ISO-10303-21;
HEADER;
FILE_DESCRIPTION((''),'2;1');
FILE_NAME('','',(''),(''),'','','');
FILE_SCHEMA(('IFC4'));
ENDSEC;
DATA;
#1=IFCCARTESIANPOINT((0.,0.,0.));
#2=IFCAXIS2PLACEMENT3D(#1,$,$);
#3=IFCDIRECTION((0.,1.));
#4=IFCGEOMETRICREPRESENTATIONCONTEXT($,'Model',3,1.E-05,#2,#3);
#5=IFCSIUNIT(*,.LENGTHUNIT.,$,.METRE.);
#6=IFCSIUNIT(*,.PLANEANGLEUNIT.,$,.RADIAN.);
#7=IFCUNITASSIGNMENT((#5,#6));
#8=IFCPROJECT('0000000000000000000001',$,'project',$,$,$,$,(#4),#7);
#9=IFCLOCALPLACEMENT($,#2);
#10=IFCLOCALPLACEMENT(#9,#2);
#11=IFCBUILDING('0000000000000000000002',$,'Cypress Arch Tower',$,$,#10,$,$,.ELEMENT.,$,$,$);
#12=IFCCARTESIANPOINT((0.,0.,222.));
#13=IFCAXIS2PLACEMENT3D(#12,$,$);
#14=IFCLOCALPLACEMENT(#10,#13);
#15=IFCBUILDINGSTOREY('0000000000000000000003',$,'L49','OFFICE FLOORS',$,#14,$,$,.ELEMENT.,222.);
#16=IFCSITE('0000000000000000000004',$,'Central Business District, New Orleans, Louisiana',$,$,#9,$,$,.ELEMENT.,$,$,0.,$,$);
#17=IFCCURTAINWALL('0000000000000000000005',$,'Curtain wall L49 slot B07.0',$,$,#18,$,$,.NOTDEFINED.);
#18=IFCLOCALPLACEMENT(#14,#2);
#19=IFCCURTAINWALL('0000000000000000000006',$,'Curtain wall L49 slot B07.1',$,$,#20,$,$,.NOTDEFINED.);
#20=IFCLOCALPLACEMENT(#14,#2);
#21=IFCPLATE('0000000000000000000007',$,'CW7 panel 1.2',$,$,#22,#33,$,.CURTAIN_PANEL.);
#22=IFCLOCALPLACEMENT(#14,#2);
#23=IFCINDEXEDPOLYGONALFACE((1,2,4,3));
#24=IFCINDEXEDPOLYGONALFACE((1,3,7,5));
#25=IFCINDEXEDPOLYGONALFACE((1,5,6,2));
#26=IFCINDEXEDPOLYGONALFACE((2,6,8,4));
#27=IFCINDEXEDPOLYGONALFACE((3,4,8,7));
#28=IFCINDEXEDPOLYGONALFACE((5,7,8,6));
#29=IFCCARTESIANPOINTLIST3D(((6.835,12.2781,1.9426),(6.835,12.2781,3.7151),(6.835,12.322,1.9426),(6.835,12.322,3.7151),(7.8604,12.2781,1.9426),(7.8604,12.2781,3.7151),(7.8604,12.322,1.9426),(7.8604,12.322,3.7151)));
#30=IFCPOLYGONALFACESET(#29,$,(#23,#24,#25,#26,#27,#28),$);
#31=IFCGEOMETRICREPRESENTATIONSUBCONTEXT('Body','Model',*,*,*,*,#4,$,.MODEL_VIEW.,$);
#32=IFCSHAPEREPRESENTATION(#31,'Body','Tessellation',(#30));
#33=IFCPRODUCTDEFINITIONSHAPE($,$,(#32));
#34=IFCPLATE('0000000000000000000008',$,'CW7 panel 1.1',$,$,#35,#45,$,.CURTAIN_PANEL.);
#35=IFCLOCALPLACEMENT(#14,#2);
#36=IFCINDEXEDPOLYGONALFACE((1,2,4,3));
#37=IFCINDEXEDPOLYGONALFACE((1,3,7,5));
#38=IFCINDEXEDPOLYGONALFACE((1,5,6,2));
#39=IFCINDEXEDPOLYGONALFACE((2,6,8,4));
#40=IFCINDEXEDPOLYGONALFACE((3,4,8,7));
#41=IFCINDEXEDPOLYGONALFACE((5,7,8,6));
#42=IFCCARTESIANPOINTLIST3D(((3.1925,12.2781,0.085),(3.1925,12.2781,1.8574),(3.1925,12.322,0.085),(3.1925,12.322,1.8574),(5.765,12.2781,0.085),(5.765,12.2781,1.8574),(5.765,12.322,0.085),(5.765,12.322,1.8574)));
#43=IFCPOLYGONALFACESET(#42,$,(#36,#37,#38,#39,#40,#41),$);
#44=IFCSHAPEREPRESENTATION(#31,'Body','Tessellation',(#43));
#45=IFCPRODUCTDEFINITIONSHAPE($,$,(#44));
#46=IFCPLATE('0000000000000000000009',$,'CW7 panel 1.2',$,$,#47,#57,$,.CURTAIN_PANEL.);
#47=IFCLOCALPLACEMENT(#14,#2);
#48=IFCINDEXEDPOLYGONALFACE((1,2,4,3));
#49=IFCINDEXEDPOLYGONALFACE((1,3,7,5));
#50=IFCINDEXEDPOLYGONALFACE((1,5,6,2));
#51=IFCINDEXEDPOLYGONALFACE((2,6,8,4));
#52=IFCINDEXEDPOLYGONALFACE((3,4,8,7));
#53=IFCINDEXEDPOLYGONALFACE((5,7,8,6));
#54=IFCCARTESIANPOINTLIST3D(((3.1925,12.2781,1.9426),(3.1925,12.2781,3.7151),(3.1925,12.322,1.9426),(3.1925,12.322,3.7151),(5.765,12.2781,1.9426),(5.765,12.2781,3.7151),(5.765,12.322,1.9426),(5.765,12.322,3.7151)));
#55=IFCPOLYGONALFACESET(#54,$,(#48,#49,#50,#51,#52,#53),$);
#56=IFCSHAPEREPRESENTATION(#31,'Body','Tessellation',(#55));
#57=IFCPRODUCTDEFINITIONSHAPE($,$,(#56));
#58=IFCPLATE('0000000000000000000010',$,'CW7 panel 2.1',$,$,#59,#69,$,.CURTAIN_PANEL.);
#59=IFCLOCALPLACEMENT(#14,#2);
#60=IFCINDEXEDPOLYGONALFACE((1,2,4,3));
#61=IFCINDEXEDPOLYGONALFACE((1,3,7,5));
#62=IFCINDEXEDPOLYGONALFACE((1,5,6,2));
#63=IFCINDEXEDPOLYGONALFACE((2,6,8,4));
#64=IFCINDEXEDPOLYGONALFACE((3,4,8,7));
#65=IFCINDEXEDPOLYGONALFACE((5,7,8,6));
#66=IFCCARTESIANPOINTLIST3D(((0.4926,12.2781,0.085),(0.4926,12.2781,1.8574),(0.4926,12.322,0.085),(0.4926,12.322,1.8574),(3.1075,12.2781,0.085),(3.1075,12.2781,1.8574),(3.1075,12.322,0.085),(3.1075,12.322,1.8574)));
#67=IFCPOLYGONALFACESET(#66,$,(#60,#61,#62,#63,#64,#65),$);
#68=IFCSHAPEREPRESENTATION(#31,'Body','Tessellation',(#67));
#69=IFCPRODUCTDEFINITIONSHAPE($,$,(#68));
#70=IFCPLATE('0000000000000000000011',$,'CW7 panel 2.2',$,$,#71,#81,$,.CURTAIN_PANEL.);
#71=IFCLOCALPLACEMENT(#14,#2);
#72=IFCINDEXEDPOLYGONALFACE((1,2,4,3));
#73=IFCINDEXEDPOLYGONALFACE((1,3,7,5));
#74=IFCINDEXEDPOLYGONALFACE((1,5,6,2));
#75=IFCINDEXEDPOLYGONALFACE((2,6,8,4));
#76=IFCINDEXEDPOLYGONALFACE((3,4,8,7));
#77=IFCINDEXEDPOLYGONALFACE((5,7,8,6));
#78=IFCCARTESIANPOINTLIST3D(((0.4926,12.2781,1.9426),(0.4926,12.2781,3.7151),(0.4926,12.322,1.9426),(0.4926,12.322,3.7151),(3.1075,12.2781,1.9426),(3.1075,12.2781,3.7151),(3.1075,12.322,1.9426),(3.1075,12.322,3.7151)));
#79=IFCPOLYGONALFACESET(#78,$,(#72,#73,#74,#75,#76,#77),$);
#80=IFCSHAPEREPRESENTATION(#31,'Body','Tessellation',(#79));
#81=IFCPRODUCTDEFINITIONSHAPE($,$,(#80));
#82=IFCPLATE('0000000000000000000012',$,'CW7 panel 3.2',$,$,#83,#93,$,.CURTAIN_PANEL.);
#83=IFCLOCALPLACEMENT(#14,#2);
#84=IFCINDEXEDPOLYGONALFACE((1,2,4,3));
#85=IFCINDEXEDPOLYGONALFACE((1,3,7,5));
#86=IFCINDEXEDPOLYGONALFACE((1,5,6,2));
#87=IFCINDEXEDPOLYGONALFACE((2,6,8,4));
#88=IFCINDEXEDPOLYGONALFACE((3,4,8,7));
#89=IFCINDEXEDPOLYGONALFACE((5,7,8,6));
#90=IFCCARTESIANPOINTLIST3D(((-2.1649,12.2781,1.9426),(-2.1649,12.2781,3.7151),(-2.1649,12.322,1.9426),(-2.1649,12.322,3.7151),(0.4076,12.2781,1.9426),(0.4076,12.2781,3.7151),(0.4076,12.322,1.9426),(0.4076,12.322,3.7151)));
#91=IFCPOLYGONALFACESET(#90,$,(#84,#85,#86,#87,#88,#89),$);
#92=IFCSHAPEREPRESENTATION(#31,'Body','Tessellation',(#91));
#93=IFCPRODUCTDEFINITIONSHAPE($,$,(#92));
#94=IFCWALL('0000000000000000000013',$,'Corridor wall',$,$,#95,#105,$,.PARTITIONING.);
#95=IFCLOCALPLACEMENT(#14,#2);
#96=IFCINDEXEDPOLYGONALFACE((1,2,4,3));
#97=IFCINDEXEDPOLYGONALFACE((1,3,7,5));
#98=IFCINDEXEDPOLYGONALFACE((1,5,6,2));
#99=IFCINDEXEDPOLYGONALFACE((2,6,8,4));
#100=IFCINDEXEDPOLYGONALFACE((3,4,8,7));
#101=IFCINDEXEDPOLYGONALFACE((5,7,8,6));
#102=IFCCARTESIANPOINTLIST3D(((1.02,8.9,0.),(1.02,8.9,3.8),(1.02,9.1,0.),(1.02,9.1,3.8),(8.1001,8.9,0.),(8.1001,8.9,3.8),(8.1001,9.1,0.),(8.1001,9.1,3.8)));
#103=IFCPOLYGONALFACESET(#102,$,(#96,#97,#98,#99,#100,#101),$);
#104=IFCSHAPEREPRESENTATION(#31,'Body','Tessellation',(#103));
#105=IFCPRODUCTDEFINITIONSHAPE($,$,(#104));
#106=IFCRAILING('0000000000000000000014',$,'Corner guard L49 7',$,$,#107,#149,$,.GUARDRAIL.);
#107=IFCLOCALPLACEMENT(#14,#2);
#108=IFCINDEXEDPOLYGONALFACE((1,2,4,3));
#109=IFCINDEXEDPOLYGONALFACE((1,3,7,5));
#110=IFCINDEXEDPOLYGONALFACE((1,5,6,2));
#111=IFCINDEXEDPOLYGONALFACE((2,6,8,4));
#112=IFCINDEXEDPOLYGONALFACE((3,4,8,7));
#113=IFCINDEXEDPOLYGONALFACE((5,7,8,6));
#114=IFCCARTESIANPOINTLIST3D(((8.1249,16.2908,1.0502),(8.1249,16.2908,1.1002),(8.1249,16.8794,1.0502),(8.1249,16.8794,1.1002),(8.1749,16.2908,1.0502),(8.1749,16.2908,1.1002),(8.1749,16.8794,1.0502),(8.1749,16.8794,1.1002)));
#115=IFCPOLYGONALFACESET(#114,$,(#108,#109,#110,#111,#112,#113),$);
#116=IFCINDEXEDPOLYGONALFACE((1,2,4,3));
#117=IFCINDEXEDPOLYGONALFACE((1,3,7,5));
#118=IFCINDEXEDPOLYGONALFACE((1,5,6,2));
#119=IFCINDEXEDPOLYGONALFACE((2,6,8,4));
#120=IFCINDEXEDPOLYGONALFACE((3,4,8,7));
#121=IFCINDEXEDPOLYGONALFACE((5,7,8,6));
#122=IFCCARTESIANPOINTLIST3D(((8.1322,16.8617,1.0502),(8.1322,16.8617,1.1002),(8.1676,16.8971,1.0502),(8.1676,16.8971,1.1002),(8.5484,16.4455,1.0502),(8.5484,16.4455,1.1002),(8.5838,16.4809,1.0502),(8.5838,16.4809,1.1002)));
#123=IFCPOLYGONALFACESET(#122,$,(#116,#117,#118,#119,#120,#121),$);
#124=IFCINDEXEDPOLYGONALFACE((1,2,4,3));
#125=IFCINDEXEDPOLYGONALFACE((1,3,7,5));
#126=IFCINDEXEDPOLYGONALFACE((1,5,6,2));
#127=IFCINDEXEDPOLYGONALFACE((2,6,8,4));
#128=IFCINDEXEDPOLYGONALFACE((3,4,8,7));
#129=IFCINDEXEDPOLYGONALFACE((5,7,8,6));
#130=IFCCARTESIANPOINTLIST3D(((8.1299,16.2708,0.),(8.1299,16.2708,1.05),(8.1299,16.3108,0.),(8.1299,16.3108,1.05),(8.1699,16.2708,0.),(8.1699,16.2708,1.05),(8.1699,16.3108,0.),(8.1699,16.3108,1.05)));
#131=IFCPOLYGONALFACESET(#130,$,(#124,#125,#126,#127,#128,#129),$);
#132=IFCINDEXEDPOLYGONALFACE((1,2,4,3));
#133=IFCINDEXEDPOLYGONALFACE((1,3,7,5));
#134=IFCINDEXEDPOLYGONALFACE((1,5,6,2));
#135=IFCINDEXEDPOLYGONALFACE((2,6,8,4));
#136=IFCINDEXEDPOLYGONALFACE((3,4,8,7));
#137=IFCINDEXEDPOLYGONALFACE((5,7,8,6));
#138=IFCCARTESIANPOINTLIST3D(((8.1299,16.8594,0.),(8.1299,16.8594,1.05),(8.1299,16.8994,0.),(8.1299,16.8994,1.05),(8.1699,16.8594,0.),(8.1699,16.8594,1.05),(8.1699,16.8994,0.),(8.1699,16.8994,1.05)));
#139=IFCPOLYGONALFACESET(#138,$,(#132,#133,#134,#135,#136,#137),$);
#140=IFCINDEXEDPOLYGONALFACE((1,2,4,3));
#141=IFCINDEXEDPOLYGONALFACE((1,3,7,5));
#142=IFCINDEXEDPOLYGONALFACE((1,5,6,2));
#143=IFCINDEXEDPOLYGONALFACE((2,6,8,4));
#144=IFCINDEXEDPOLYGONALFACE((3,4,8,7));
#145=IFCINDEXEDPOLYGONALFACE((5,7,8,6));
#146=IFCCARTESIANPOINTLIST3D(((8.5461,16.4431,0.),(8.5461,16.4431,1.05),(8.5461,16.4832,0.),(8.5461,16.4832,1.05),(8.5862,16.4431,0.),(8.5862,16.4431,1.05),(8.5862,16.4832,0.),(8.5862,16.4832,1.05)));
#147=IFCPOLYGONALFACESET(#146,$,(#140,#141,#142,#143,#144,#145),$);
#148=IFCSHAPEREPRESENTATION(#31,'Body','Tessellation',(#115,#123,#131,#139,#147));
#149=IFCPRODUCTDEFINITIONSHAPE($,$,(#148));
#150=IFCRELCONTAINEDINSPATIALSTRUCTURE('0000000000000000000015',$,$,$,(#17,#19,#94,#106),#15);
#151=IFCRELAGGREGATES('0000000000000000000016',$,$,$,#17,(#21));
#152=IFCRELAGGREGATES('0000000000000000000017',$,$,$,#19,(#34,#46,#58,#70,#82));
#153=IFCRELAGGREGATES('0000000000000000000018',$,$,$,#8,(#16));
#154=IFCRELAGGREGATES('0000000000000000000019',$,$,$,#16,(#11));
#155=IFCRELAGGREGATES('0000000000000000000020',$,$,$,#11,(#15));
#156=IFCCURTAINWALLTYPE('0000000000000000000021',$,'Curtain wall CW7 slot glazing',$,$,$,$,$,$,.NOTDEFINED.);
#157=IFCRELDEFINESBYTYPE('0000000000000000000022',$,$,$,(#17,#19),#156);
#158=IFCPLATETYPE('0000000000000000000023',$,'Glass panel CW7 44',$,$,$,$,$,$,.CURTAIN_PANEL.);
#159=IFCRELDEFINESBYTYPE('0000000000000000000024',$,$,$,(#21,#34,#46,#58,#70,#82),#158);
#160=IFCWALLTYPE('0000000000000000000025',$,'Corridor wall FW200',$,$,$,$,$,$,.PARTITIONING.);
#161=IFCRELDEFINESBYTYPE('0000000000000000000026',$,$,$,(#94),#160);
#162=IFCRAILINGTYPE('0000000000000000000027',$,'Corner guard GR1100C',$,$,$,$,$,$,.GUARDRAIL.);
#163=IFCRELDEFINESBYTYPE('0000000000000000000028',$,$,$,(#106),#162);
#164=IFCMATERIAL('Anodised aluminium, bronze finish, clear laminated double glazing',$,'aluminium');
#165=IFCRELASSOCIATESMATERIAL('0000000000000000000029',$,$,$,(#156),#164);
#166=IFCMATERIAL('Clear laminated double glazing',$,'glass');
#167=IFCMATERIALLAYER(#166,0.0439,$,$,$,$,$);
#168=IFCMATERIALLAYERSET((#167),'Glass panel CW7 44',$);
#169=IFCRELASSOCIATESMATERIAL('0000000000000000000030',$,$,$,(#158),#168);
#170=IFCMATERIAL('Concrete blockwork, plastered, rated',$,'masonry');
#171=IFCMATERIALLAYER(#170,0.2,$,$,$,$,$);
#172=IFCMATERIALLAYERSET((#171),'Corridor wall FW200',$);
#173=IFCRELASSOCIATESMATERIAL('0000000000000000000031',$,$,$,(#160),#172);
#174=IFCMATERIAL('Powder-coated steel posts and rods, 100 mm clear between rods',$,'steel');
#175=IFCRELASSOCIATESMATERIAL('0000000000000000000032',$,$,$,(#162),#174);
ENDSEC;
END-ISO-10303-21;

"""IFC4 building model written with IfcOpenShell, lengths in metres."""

from ifc_helpers import new_model, si_unit, direction, frame, frame_2d, origin, origin_2d, place, context, subcontext, project, spatial, rectangle, extrude, material, layer, layer_set, type_object, element, aggregate, save


model = new_model("IFC4")

# Units and contexts
model_context = context("Model", 3, precision=1e-05, world=origin(), true_north=direction((0.0, 1.0)))
body_context = subcontext(model_context, "Body", "Model", "MODEL_VIEW")
ifc_project = project(units=[si_unit("LENGTHUNIT", "METRE"), si_unit("PLANEANGLEUNIT", "RADIAN")], contexts=[model_context])

# Site, building, storey
site_placement = place(None, origin())
site = spatial("IfcSite", under=ifc_project, at=site_placement, Name="Central Business District, New Orleans, Louisiana", CompositionType="ELEMENT", RefElevation=0.0)
building_placement = place(site_placement, origin())
building = spatial("IfcBuilding", under=site, at=building_placement, Name="Cypress Arch Tower", CompositionType="ELEMENT")
storey_placement = place(building_placement, frame((0.0, 0.0, 222.0)))
storey = spatial("IfcBuildingStorey", under=building, at=storey_placement, Name="L49", Description="OFFICE FLOORS", CompositionType="ELEMENT", Elevation=222.0)

# Curtain walls
ifc_material_1 = material(Name="Anodised aluminium, bronze finish, clear laminated double glazing", Category="aluminium")
curtain_wall_type = type_object("IfcCurtainWallType", Name="Curtain wall CW7 slot glazing", PredefinedType="NOTDEFINED", material=ifc_material_1)
curtain_wall_1_placement = place(storey_placement, origin())
curtain_wall_1 = element("IfcCurtainWall", 1, at=curtain_wall_1_placement, inside=storey, type_object=curtain_wall_type, Name="Curtain wall L49 slot B07.0", PredefinedType="NOTDEFINED")
curtain_wall_2_placement = place(storey_placement, origin())
curtain_wall_2 = element("IfcCurtainWall", 2, at=curtain_wall_2_placement, inside=storey, type_object=curtain_wall_type, Name="Curtain wall L49 slot B07.1", PredefinedType="NOTDEFINED")

# Plates
ifc_material_2 = material(Name="Clear laminated double glazing", Category="glass")
ifc_layer_1 = layer(ifc_material_2, 0.0439)
ifc_layer_set_1 = layer_set([ifc_layer_1], Name="Glass panel CW7 44")
plate_type = type_object("IfcPlateType", Name="Glass panel CW7 44", PredefinedType="CURTAIN_PANEL", material=ifc_layer_set_1)
plate_1_placement = place(storey_placement, frame((7.3477, 12.3, 1.9426), z_axis=(0.0, 0.0, 1.0), x_axis=(-1.0, 0.0, 0.0)))
plate_1 = element("IfcPlate", 3, at=plate_1_placement, type_object=plate_type, Name="CW7 panel 1.2", PredefinedType="CURTAIN_PANEL", context=body_context, shape_type="SweptSolid", body=[
    extrude(rectangle(XDim=1.0254, YDim=0.0439, at=origin_2d()), origin(), (0.0, 0.0, 1.0), 1.7725),
])
aggregate(curtain_wall_1, [plate_1])
plate_2_placement = place(storey_placement, frame((4.4788, 12.3, 0.085), z_axis=(0.0, 0.0, 1.0), x_axis=(-1.0, 0.0, 0.0)))
plate_2 = element("IfcPlate", 4, at=plate_2_placement, type_object=plate_type, Name="CW7 panel 1.1", PredefinedType="CURTAIN_PANEL", context=body_context, shape_type="SweptSolid", body=[
    extrude(rectangle(XDim=2.5725, YDim=0.0439, at=origin_2d()), origin(), (0.0, 0.0, 1.0), 1.7725),
])
plate_3_placement = place(storey_placement, frame((4.4788, 12.3, 1.9426), z_axis=(0.0, 0.0, 1.0), x_axis=(-1.0, 0.0, 0.0)))
plate_3 = element("IfcPlate", 5, at=plate_3_placement, type_object=plate_type, Name="CW7 panel 1.2", PredefinedType="CURTAIN_PANEL", context=body_context, shape_type="SweptSolid", body=[
    extrude(rectangle(XDim=2.5725, YDim=0.0439, at=origin_2d()), origin(), (0.0, 0.0, 1.0), 1.7725),
])
plate_4_placement = place(storey_placement, frame((1.8, 12.3, 0.085), z_axis=(0.0, 0.0, 1.0), x_axis=(-1.0, 0.0, 0.0)))
plate_4 = element("IfcPlate", 6, at=plate_4_placement, type_object=plate_type, Name="CW7 panel 2.1", PredefinedType="CURTAIN_PANEL", context=body_context, shape_type="SweptSolid", body=[
    extrude(rectangle(XDim=2.615, YDim=0.0439, at=origin_2d()), origin(), (0.0, 0.0, 1.0), 1.7725),
])
plate_5_placement = place(storey_placement, frame((1.8, 12.3, 1.9426), z_axis=(0.0, 0.0, 1.0), x_axis=(-1.0, 0.0, 0.0)))
plate_5 = element("IfcPlate", 7, at=plate_5_placement, type_object=plate_type, Name="CW7 panel 2.2", PredefinedType="CURTAIN_PANEL", context=body_context, shape_type="SweptSolid", body=[
    extrude(rectangle(XDim=2.615, YDim=0.0439, at=origin_2d()), origin(), (0.0, 0.0, 1.0), 1.7725),
])
plate_6_placement = place(storey_placement, frame((-0.8787, 12.3, 1.9426), z_axis=(0.0, 0.0, 1.0), x_axis=(-1.0, 0.0, 0.0)))
plate_6 = element("IfcPlate", 8, at=plate_6_placement, type_object=plate_type, Name="CW7 panel 3.2", PredefinedType="CURTAIN_PANEL", context=body_context, shape_type="SweptSolid", body=[
    extrude(rectangle(XDim=2.5725, YDim=0.0439, at=origin_2d()), origin(), (0.0, 0.0, 1.0), 1.7725),
])
aggregate(curtain_wall_2, [plate_2, plate_3, plate_4, plate_5, plate_6])

# Wall
ifc_material_3 = material(Name="Concrete blockwork, plastered, rated", Category="masonry")
ifc_layer_2 = layer(ifc_material_3, 0.2)
ifc_layer_set_2 = layer_set([ifc_layer_2], Name="Corridor wall FW200")
wall_type = type_object("IfcWallType", Name="Corridor wall FW200", PredefinedType="PARTITIONING", material=ifc_layer_set_2)
wall_placement = place(storey_placement, frame((1.02, 9.0, 0.0), z_axis=(0.0, 0.0, 1.0), x_axis=(1.0, 0.0, 0.0)))
element("IfcWall", 9, at=wall_placement, inside=storey, type_object=wall_type, Name="Corridor wall", PredefinedType="PARTITIONING", context=body_context, shape_type="SweptSolid", body=[
    extrude(rectangle(XDim=7.0801, YDim=0.2, at=frame_2d((3.54, 0.0))), origin(), (0.0, 0.0, 1.0), 3.8),
])

# Railing
ifc_material_4 = material(Name="Powder-coated steel posts and rods, 100 mm clear between rods", Category="steel")
railing_type = type_object("IfcRailingType", Name="Corner guard GR1100C", PredefinedType="GUARDRAIL", material=ifc_material_4)
railing_placement = place(storey_placement, frame((8.1499, 16.2908, 0.0)))
element("IfcRailing", 10, at=railing_placement, inside=storey, type_object=railing_type, Name="Corner guard L49 7", PredefinedType="GUARDRAIL", context=body_context, shape_type="SweptSolid", body=[
    extrude(rectangle(XDim=0.05, YDim=0.05, at=origin_2d()), frame((0.0, 0.0, 1.0752), z_axis=(0.0, 1.0, 0.0), x_axis=(-1.0, 0.0, 0.0)), (0.0, 0.0, 1.0), 0.5886),
    extrude(rectangle(XDim=0.05, YDim=0.05, at=origin_2d()), frame((0.0, 0.5886, 1.0752), z_axis=(0.707107, -0.707107, 0.0), x_axis=(0.707107, 0.707107, 0.0)), (0.0, 0.0, 1.0), 0.5886),
    extrude(rectangle(XDim=0.04, YDim=0.04, at=origin_2d()), origin(), (0.0, 0.0, 1.0), 1.05),
    extrude(rectangle(XDim=0.04, YDim=0.04, at=origin_2d()), frame((0.0, 0.5886, 0.0)), (0.0, 0.0, 1.0), 1.05),
    extrude(rectangle(XDim=0.04, YDim=0.04, at=origin_2d()), frame((0.4163, 0.1724, 0.0)), (0.0, 0.0, 1.0), 1.05),
])

save(model, "model.ifc")
